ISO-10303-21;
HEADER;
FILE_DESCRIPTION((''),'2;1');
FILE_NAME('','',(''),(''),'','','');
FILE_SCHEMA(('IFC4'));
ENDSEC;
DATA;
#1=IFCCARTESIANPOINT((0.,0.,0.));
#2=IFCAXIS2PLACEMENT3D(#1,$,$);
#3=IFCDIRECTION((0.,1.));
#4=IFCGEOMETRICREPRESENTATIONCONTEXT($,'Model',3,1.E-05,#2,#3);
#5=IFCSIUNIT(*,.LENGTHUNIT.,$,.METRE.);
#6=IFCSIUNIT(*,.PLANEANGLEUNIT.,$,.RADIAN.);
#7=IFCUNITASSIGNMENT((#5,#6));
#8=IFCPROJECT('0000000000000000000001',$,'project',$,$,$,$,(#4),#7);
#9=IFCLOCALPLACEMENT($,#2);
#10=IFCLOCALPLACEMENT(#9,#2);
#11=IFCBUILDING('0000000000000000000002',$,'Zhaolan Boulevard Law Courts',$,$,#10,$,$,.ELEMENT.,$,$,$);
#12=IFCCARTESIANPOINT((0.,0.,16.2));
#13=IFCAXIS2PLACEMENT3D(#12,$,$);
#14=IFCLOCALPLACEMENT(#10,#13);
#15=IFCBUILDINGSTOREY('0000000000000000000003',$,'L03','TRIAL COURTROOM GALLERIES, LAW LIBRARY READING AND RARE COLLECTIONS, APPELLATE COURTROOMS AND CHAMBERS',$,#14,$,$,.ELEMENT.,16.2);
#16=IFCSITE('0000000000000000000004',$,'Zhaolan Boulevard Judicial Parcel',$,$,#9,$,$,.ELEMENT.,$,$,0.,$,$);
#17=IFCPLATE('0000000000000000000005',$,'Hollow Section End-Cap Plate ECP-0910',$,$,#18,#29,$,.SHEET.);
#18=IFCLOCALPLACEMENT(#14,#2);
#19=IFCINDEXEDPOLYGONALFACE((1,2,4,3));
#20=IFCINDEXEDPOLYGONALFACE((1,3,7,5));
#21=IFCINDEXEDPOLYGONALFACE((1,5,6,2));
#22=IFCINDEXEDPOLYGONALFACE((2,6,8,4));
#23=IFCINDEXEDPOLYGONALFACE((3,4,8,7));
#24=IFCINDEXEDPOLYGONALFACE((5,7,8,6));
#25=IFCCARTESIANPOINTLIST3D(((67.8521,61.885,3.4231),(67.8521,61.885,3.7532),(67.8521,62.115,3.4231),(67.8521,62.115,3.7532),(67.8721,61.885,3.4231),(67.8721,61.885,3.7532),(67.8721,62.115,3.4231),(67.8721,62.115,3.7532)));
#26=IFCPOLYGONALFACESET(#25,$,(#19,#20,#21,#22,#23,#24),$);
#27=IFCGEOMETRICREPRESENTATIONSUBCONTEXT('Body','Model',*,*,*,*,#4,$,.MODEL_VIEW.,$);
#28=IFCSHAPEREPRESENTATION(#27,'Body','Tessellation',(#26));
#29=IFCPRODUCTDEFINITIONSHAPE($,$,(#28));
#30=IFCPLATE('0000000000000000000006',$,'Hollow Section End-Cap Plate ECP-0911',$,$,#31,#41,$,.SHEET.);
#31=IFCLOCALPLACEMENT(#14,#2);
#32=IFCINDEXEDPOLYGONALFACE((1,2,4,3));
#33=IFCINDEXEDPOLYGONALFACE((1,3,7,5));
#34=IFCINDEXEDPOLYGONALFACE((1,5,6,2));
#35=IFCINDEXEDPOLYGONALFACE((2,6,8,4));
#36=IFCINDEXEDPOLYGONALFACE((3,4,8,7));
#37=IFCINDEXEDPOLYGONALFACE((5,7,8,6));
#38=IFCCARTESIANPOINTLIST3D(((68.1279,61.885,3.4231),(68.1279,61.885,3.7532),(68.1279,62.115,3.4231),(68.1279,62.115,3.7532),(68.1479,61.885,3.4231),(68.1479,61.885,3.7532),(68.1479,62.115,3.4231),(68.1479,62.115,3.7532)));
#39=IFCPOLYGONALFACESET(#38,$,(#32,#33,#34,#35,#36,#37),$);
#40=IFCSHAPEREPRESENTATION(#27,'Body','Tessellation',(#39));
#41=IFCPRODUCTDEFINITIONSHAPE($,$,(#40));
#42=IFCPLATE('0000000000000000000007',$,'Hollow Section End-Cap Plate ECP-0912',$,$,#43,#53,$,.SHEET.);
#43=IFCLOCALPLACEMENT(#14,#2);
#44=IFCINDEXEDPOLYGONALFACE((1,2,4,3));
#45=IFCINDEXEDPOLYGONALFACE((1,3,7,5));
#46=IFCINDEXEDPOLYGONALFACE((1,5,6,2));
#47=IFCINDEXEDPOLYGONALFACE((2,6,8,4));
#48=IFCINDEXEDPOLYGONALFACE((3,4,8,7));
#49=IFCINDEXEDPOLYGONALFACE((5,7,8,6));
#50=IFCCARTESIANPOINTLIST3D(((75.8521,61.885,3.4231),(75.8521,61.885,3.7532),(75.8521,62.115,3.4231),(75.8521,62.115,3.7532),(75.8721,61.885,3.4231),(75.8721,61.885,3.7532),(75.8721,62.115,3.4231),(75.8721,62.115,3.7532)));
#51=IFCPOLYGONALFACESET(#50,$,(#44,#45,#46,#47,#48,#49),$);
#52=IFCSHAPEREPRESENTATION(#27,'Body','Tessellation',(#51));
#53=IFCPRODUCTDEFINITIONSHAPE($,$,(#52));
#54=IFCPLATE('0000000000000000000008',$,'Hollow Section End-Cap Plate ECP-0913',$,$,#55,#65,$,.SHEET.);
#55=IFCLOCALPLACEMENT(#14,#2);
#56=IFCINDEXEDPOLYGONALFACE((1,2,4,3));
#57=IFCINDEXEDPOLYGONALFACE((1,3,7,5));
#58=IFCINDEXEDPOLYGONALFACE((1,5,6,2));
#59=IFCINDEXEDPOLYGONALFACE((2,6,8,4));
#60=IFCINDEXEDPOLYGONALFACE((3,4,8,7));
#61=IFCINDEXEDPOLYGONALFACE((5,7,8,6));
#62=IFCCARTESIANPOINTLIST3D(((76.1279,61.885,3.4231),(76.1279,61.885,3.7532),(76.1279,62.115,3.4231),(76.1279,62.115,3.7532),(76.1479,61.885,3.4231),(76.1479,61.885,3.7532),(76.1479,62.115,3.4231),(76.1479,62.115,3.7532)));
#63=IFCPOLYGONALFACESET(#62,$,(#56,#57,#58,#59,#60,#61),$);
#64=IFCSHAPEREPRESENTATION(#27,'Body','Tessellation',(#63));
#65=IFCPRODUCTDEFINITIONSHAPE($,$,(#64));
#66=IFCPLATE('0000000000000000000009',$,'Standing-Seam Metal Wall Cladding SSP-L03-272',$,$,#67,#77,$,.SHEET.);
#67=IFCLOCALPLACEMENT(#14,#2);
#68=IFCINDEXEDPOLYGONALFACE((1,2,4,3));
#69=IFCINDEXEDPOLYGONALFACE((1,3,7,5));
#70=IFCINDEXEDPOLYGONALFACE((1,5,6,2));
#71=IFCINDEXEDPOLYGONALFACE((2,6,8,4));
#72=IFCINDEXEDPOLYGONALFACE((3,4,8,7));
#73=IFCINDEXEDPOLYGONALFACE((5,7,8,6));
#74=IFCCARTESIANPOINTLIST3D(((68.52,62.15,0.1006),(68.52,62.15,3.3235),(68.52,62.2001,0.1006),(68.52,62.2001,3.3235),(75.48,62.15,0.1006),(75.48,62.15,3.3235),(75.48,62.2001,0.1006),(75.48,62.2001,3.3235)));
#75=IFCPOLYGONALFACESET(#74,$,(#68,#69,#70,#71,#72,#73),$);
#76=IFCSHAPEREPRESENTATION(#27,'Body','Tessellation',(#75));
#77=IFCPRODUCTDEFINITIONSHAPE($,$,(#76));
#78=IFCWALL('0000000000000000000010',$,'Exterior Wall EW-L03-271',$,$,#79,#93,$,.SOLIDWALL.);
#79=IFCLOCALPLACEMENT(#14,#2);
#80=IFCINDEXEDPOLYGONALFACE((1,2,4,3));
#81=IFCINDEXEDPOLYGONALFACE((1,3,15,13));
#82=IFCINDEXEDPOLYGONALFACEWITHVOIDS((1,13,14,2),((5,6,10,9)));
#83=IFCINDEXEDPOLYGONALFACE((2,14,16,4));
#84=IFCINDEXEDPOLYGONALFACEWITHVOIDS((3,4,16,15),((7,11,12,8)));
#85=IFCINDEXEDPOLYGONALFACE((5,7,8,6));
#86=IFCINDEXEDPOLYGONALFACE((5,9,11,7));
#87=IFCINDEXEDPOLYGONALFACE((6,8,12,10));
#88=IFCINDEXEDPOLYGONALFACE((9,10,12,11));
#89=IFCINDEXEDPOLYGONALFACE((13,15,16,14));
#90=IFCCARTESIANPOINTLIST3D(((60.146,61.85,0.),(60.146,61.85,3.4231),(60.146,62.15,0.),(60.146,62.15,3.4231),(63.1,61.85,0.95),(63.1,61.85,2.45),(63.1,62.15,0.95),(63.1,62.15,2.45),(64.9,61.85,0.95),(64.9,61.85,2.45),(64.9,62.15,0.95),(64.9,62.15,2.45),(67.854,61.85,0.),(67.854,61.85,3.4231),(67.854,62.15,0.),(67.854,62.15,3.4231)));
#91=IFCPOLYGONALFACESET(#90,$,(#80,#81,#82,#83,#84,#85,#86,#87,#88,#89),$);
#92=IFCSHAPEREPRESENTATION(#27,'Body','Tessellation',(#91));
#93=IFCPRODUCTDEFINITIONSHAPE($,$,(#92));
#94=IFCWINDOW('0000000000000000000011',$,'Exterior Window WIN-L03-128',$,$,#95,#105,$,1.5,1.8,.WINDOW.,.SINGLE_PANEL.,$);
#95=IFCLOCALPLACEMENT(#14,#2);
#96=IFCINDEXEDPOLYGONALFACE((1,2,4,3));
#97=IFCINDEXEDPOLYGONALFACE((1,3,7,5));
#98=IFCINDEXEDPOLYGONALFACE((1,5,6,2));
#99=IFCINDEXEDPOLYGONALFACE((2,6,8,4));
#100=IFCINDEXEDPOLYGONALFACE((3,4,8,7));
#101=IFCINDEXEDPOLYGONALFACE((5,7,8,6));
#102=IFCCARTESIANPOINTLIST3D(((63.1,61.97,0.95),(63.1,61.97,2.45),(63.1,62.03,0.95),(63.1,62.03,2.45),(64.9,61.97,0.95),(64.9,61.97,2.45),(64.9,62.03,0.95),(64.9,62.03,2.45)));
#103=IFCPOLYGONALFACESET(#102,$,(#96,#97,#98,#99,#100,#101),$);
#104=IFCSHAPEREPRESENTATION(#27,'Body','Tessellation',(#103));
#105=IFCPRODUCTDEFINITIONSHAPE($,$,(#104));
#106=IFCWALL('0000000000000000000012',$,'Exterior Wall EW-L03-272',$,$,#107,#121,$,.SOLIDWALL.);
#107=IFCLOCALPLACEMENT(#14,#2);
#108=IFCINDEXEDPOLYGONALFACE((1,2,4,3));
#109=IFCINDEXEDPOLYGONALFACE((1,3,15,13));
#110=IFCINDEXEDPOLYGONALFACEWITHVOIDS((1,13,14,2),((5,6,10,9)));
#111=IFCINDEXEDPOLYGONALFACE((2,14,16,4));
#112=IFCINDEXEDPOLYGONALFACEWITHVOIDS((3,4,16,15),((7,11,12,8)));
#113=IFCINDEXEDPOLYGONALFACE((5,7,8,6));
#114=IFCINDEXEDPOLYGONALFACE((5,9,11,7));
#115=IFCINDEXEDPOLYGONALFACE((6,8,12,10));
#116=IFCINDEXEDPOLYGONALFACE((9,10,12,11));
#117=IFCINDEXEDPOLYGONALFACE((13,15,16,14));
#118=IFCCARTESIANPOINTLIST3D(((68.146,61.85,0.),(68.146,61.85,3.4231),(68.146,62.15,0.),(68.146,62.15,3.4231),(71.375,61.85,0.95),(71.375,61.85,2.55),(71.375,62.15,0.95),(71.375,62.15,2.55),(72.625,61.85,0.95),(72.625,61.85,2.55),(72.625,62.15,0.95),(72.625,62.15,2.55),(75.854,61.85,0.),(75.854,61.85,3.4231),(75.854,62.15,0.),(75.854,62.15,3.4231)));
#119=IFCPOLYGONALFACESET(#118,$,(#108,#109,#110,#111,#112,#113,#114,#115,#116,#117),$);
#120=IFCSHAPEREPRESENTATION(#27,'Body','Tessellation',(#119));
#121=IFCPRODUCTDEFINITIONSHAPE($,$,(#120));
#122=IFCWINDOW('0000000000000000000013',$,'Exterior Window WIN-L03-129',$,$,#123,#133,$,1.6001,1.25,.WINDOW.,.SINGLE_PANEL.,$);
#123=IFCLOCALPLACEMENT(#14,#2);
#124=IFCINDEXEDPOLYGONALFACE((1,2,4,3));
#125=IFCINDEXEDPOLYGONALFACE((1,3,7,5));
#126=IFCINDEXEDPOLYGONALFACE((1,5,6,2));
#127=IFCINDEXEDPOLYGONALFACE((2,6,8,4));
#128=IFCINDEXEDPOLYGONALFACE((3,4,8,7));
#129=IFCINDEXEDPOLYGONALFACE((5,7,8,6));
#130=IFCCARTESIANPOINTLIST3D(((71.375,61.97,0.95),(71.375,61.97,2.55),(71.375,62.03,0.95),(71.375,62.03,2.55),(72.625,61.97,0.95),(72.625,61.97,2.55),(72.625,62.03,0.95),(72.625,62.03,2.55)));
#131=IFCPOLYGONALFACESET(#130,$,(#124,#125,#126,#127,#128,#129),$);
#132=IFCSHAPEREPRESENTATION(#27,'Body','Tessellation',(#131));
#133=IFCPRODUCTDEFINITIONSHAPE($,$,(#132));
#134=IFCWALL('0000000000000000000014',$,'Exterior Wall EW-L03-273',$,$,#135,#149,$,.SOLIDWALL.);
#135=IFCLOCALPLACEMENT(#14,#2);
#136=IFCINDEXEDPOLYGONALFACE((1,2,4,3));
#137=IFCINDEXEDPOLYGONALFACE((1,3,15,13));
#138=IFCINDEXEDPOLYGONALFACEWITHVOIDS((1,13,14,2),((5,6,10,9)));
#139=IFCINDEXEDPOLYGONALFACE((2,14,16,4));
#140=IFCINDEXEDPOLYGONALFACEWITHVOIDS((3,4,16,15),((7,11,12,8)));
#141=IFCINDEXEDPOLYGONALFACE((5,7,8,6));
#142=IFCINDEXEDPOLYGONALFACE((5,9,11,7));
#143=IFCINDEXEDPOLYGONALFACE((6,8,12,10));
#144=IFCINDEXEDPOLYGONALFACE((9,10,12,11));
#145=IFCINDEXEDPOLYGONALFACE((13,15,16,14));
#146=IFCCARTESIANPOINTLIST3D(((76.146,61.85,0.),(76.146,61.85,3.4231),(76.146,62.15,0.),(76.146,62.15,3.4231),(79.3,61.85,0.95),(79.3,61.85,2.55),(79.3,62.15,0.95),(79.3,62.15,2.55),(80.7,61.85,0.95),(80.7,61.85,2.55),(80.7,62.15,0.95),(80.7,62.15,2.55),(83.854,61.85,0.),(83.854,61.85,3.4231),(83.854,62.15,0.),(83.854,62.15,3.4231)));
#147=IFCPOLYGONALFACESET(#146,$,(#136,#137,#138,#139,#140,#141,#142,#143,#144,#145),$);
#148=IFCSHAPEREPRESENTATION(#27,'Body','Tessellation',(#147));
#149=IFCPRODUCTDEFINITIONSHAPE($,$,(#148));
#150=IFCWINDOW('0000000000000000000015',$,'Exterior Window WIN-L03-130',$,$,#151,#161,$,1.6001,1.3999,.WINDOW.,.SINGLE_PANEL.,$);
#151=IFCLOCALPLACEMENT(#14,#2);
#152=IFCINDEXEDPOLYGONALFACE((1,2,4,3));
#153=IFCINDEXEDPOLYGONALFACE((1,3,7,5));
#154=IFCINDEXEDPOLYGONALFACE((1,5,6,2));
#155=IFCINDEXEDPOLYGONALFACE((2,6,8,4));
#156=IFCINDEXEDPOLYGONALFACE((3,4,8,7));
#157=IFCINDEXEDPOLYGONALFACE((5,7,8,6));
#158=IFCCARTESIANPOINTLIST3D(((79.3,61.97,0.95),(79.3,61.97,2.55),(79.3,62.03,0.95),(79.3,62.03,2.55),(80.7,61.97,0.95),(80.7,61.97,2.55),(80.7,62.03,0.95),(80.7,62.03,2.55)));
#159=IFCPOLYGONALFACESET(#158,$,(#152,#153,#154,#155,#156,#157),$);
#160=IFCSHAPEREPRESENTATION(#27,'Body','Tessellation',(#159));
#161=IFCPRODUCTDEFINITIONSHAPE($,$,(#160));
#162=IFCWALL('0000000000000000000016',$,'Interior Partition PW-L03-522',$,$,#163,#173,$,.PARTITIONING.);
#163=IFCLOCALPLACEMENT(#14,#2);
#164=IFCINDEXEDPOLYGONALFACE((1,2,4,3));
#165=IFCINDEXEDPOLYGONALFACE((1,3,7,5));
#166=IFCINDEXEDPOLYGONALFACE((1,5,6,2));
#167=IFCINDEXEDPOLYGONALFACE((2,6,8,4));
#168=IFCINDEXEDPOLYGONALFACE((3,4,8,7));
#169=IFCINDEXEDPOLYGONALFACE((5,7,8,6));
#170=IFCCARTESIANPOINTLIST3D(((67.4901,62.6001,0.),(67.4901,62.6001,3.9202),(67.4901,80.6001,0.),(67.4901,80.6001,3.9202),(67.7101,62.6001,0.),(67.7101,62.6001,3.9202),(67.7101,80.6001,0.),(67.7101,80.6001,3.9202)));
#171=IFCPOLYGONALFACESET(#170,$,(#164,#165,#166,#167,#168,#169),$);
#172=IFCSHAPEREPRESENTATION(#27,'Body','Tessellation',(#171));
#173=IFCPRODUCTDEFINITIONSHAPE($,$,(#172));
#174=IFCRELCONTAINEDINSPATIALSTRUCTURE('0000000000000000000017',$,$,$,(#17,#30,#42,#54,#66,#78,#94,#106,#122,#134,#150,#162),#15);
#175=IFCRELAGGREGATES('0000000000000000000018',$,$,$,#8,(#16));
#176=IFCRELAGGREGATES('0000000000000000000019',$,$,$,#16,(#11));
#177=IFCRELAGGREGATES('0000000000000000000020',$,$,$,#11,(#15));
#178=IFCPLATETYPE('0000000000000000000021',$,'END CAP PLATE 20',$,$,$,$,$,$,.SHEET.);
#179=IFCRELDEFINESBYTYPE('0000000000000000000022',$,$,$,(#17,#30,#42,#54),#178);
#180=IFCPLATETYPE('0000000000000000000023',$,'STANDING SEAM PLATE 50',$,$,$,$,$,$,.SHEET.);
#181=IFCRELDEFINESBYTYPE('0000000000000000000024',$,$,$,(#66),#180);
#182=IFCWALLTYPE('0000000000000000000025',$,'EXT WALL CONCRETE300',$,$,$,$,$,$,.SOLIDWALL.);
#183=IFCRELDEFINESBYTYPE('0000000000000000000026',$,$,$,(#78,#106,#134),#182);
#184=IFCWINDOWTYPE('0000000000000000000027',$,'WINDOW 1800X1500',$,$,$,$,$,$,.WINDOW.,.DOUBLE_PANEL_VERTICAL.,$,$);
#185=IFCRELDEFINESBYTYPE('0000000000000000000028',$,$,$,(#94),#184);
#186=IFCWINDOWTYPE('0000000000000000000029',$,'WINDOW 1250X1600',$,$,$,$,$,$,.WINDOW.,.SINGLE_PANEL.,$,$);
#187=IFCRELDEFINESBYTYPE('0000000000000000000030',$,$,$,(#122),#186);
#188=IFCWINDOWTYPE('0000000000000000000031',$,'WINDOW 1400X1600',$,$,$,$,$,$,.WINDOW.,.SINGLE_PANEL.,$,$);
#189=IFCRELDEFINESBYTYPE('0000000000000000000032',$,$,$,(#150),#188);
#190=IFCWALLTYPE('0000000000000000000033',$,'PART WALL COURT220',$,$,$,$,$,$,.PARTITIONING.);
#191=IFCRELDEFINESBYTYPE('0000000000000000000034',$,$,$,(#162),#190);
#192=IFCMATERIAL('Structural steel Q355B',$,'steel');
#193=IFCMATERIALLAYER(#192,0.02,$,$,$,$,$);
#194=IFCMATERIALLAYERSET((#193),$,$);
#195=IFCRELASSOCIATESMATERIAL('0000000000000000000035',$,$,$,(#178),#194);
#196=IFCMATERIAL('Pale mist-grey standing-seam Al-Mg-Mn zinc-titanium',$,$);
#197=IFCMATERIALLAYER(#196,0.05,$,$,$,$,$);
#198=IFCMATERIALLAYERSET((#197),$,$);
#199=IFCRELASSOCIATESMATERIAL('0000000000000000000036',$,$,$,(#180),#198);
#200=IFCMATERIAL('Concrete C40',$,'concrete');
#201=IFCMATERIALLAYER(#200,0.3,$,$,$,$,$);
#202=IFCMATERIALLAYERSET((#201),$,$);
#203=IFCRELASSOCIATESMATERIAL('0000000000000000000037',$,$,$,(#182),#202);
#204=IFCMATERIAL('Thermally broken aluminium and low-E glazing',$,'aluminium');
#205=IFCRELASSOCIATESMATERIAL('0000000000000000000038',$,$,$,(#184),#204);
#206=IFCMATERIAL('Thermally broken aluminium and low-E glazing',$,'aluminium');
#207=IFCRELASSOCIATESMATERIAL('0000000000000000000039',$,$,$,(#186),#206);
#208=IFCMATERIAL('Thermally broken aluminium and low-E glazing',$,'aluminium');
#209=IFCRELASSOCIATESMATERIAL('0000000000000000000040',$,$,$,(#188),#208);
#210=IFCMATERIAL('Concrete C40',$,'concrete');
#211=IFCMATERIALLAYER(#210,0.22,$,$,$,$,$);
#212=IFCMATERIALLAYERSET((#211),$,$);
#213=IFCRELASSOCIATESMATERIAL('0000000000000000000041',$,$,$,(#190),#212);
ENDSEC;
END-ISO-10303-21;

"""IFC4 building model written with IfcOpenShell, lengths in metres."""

from ifc_helpers import new_model, si_unit, direction, frame, frame_2d, origin, origin_2d, place, context, subcontext, project, spatial, rectangle, extrude, material, layer, layer_set, type_object, element, fill, save


model = new_model("IFC4")

# Units and contexts
model_context = context("Model", 3, precision=1e-05, world=origin(), true_north=direction((0.0, 1.0)))
body_context = subcontext(model_context, "Body", "Model", "MODEL_VIEW")
ifc_project = project(units=[si_unit("LENGTHUNIT", "METRE"), si_unit("PLANEANGLEUNIT", "RADIAN")], contexts=[model_context])

# Site, building, storey
site_placement = place(None, origin())
site = spatial("IfcSite", under=ifc_project, at=site_placement, Name="Zhaolan Boulevard Judicial Parcel", CompositionType="ELEMENT", RefElevation=0.0)
building_placement = place(site_placement, origin())
building = spatial("IfcBuilding", under=site, at=building_placement, Name="Zhaolan Boulevard Law Courts", CompositionType="ELEMENT")
storey_placement = place(building_placement, frame((0.0, 0.0, 16.2)))
storey = spatial("IfcBuildingStorey", under=building, at=storey_placement, Name="L03", Description="TRIAL COURTROOM GALLERIES, LAW LIBRARY READING AND RARE COLLECTIONS, APPELLATE COURTROOMS AND CHAMBERS", CompositionType="ELEMENT", Elevation=16.2)

# Plates
ifc_material_1 = material(Name="Structural steel Q355B", Category="steel")
ifc_layer_1 = layer(ifc_material_1, 0.02)
ifc_layer_set_1 = layer_set([ifc_layer_1])
plate_type_1 = type_object("IfcPlateType", Name="END CAP PLATE 20", PredefinedType="SHEET", material=ifc_layer_set_1)
for number, where, z_axis, x_axis, name in (
    (1, (67.8621, 62.0, 3.4231), (0.0, 0.0, 1.0), (1.0, 0.0, 0.0), "Hollow Section End-Cap Plate ECP-0910"),
    (2, (68.1379, 62.0, 3.4231), (0.0, 0.0, 1.0), (1.0, 0.0, 0.0), "Hollow Section End-Cap Plate ECP-0911"),
    (3, (75.8621, 62.0, 3.4231), (0.0, 0.0, 1.0), (1.0, 0.0, 0.0), "Hollow Section End-Cap Plate ECP-0912"),
    (4, (76.1379, 62.0, 3.4231), (0.0, 0.0, 1.0), (1.0, 0.0, 0.0), "Hollow Section End-Cap Plate ECP-0913"),
):
    element("IfcPlate", number, at=place(storey_placement, frame(where, z_axis=z_axis, x_axis=x_axis)), inside=storey, type_object=plate_type_1, Name=name, PredefinedType="SHEET", context=body_context, shape_type="SweptSolid", body=[
        extrude(rectangle(XDim=0.02, YDim=0.23, at=origin_2d()), origin(), (0.0, 0.0, 1.0), 0.3301),
    ])
ifc_material_2 = material(Name="Pale mist-grey standing-seam Al-Mg-Mn zinc-titanium")
ifc_layer_2 = layer(ifc_material_2, 0.05)
ifc_layer_set_2 = layer_set([ifc_layer_2])
plate_type_2 = type_object("IfcPlateType", Name="STANDING SEAM PLATE 50", PredefinedType="SHEET", material=ifc_layer_set_2)
plate_placement = place(storey_placement, frame((72.0, 62.175, 0.1006), z_axis=(0.0, 0.0, 1.0), x_axis=(1.0, 0.0, 0.0)))
element("IfcPlate", 5, at=plate_placement, inside=storey, type_object=plate_type_2, Name="Standing-Seam Metal Wall Cladding SSP-L03-272", PredefinedType="SHEET", context=body_context, shape_type="SweptSolid", body=[
    extrude(rectangle(XDim=6.96, YDim=0.05, at=origin_2d()), origin(), (0.0, 0.0, 1.0), 3.2229),
])

# Walls, openings, windows
ifc_material_3 = material(Name="Concrete C40", Category="concrete")
ifc_layer_3 = layer(ifc_material_3, 0.3)
ifc_layer_set_3 = layer_set([ifc_layer_3])
wall_type_1 = type_object("IfcWallType", Name="EXT WALL CONCRETE300", PredefinedType="SOLIDWALL", material=ifc_layer_set_3)
wall_1_placement = place(storey_placement, frame((60.146, 62.0, 0.0), z_axis=(0.0, 0.0, 1.0), x_axis=(1.0, 0.0, 0.0)))
wall_1 = element("IfcWall", 6, at=wall_1_placement, inside=storey, type_object=wall_type_1, Name="Exterior Wall EW-L03-271", PredefinedType="SOLIDWALL", context=body_context, shape_type="SweptSolid", body=[
    extrude(rectangle(XDim=7.708, YDim=0.3, at=frame_2d((3.854, 0.0))), origin(), (0.0, 0.0, 1.0), 3.4231),
])
opening_1_placement = place(wall_1_placement, frame((2.9541, 0.0, 0.95)))
opening_1 = element("IfcOpeningElement", 7, at=opening_1_placement, cuts=wall_1, PredefinedType="OPENING", context=body_context, shape_type="SweptSolid", body=[
    extrude(rectangle(XDim=1.8, YDim=1.5, at=frame_2d((0.8999, 0.75))), frame((0.0, 0.1599, 0.0), z_axis=(0.0, -1.0, 0.0), x_axis=(1.0, 0.0, 0.0)), (0.0, 0.0, 1.0), 0.3201),
])
ifc_material_4 = material(Name="Thermally broken aluminium and low-E glazing", Category="aluminium")
window_type_1 = type_object("IfcWindowType", Name="WINDOW 1800X1500", PartitioningType="DOUBLE_PANEL_VERTICAL", PredefinedType="WINDOW", material=ifc_material_4)
window_1_placement = place(opening_1_placement, origin())
window_1 = element("IfcWindow", 8, at=window_1_placement, inside=storey, type_object=window_type_1, Name="Exterior Window WIN-L03-128", OverallHeight=1.5, OverallWidth=1.8, PartitioningType="SINGLE_PANEL", PredefinedType="WINDOW", context=body_context, shape_type="SweptSolid", body=[
    extrude(rectangle(XDim=1.8, YDim=1.5, at=frame_2d((0.8999, 0.75))), frame((0.0, 0.03, 0.0), z_axis=(0.0, -1.0, 0.0), x_axis=(1.0, 0.0, 0.0)), (0.0, 0.0, 1.0), 0.0601),
])
fill(opening_1, window_1)
wall_2_placement = place(storey_placement, frame((68.146, 62.0, 0.0), z_axis=(0.0, 0.0, 1.0), x_axis=(1.0, 0.0, 0.0)))
wall_2 = element("IfcWall", 9, at=wall_2_placement, inside=storey, type_object=wall_type_1, Name="Exterior Wall EW-L03-272", PredefinedType="SOLIDWALL", context=body_context, shape_type="SweptSolid", body=[
    extrude(rectangle(XDim=7.708, YDim=0.3, at=frame_2d((3.854, 0.0))), origin(), (0.0, 0.0, 1.0), 3.4231),
])
opening_2_placement = place(wall_2_placement, frame((3.229, 0.0, 0.95)))
opening_2 = element("IfcOpeningElement", 10, at=opening_2_placement, cuts=wall_2, PredefinedType="OPENING", context=body_context, shape_type="SweptSolid", body=[
    extrude(rectangle(XDim=1.25, YDim=1.6001, at=frame_2d((0.625, 0.8))), frame((0.0, 0.1599, 0.0), z_axis=(0.0, -1.0, 0.0), x_axis=(1.0, 0.0, 0.0)), (0.0, 0.0, 1.0), 0.3201),
])
ifc_material_5 = material(Name="Thermally broken aluminium and low-E glazing", Category="aluminium")
window_type_2 = type_object("IfcWindowType", Name="WINDOW 1250X1600", PartitioningType="SINGLE_PANEL", PredefinedType="WINDOW", material=ifc_material_5)
window_2_placement = place(opening_2_placement, origin())
window_2 = element("IfcWindow", 11, at=window_2_placement, inside=storey, type_object=window_type_2, Name="Exterior Window WIN-L03-129", OverallHeight=1.6001, OverallWidth=1.25, PartitioningType="SINGLE_PANEL", PredefinedType="WINDOW", context=body_context, shape_type="SweptSolid", body=[
    extrude(rectangle(XDim=1.25, YDim=1.6001, at=frame_2d((0.625, 0.8))), frame((0.0, 0.03, 0.0), z_axis=(0.0, -1.0, 0.0), x_axis=(1.0, 0.0, 0.0)), (0.0, 0.0, 1.0), 0.0601),
])
fill(opening_2, window_2)
wall_3_placement = place(storey_placement, frame((76.146, 62.0, 0.0), z_axis=(0.0, 0.0, 1.0), x_axis=(1.0, 0.0, 0.0)))
wall_3 = element("IfcWall", 12, at=wall_3_placement, inside=storey, type_object=wall_type_1, Name="Exterior Wall EW-L03-273", PredefinedType="SOLIDWALL", context=body_context, shape_type="SweptSolid", body=[
    extrude(rectangle(XDim=7.708, YDim=0.3, at=frame_2d((3.854, 0.0))), origin(), (0.0, 0.0, 1.0), 3.4231),
])
opening_3_placement = place(wall_3_placement, frame((3.1541, 0.0, 0.95)))
opening_3 = element("IfcOpeningElement", 13, at=opening_3_placement, cuts=wall_3, PredefinedType="OPENING", context=body_context, shape_type="SweptSolid", body=[
    extrude(rectangle(XDim=1.3999, YDim=1.6001, at=frame_2d((0.7, 0.8))), frame((0.0, 0.1599, 0.0), z_axis=(0.0, -1.0, 0.0), x_axis=(1.0, 0.0, 0.0)), (0.0, 0.0, 1.0), 0.3201),
])
ifc_material_6 = material(Name="Thermally broken aluminium and low-E glazing", Category="aluminium")
window_type_3 = type_object("IfcWindowType", Name="WINDOW 1400X1600", PartitioningType="SINGLE_PANEL", PredefinedType="WINDOW", material=ifc_material_6)
window_3_placement = place(opening_3_placement, origin())
window_3 = element("IfcWindow", 14, at=window_3_placement, inside=storey, type_object=window_type_3, Name="Exterior Window WIN-L03-130", OverallHeight=1.6001, OverallWidth=1.3999, PartitioningType="SINGLE_PANEL", PredefinedType="WINDOW", context=body_context, shape_type="SweptSolid", body=[
    extrude(rectangle(XDim=1.3999, YDim=1.6001, at=frame_2d((0.7, 0.8))), frame((0.0, 0.03, 0.0), z_axis=(0.0, -1.0, 0.0), x_axis=(1.0, 0.0, 0.0)), (0.0, 0.0, 1.0), 0.0601),
])
fill(opening_3, window_3)

# Wall
ifc_material_7 = material(Name="Concrete C40", Category="concrete")
ifc_layer_4 = layer(ifc_material_7, 0.22)
ifc_layer_set_4 = layer_set([ifc_layer_4])
wall_type_2 = type_object("IfcWallType", Name="PART WALL COURT220", PredefinedType="PARTITIONING", material=ifc_layer_set_4)
wall_4_placement = place(storey_placement, frame((67.6001, 62.6001, 0.0), z_axis=(0.0, 0.0, 1.0), x_axis=(0.0, 1.0, 0.0)))
element("IfcWall", 15, at=wall_4_placement, inside=storey, type_object=wall_type_2, Name="Interior Partition PW-L03-522", PredefinedType="PARTITIONING", context=body_context, shape_type="SweptSolid", body=[
    extrude(rectangle(XDim=18.0, YDim=0.22, at=frame_2d((9.0, 0.0))), origin(), (0.0, 0.0, 1.0), 3.9202),
])

save(model, "model.ifc")
